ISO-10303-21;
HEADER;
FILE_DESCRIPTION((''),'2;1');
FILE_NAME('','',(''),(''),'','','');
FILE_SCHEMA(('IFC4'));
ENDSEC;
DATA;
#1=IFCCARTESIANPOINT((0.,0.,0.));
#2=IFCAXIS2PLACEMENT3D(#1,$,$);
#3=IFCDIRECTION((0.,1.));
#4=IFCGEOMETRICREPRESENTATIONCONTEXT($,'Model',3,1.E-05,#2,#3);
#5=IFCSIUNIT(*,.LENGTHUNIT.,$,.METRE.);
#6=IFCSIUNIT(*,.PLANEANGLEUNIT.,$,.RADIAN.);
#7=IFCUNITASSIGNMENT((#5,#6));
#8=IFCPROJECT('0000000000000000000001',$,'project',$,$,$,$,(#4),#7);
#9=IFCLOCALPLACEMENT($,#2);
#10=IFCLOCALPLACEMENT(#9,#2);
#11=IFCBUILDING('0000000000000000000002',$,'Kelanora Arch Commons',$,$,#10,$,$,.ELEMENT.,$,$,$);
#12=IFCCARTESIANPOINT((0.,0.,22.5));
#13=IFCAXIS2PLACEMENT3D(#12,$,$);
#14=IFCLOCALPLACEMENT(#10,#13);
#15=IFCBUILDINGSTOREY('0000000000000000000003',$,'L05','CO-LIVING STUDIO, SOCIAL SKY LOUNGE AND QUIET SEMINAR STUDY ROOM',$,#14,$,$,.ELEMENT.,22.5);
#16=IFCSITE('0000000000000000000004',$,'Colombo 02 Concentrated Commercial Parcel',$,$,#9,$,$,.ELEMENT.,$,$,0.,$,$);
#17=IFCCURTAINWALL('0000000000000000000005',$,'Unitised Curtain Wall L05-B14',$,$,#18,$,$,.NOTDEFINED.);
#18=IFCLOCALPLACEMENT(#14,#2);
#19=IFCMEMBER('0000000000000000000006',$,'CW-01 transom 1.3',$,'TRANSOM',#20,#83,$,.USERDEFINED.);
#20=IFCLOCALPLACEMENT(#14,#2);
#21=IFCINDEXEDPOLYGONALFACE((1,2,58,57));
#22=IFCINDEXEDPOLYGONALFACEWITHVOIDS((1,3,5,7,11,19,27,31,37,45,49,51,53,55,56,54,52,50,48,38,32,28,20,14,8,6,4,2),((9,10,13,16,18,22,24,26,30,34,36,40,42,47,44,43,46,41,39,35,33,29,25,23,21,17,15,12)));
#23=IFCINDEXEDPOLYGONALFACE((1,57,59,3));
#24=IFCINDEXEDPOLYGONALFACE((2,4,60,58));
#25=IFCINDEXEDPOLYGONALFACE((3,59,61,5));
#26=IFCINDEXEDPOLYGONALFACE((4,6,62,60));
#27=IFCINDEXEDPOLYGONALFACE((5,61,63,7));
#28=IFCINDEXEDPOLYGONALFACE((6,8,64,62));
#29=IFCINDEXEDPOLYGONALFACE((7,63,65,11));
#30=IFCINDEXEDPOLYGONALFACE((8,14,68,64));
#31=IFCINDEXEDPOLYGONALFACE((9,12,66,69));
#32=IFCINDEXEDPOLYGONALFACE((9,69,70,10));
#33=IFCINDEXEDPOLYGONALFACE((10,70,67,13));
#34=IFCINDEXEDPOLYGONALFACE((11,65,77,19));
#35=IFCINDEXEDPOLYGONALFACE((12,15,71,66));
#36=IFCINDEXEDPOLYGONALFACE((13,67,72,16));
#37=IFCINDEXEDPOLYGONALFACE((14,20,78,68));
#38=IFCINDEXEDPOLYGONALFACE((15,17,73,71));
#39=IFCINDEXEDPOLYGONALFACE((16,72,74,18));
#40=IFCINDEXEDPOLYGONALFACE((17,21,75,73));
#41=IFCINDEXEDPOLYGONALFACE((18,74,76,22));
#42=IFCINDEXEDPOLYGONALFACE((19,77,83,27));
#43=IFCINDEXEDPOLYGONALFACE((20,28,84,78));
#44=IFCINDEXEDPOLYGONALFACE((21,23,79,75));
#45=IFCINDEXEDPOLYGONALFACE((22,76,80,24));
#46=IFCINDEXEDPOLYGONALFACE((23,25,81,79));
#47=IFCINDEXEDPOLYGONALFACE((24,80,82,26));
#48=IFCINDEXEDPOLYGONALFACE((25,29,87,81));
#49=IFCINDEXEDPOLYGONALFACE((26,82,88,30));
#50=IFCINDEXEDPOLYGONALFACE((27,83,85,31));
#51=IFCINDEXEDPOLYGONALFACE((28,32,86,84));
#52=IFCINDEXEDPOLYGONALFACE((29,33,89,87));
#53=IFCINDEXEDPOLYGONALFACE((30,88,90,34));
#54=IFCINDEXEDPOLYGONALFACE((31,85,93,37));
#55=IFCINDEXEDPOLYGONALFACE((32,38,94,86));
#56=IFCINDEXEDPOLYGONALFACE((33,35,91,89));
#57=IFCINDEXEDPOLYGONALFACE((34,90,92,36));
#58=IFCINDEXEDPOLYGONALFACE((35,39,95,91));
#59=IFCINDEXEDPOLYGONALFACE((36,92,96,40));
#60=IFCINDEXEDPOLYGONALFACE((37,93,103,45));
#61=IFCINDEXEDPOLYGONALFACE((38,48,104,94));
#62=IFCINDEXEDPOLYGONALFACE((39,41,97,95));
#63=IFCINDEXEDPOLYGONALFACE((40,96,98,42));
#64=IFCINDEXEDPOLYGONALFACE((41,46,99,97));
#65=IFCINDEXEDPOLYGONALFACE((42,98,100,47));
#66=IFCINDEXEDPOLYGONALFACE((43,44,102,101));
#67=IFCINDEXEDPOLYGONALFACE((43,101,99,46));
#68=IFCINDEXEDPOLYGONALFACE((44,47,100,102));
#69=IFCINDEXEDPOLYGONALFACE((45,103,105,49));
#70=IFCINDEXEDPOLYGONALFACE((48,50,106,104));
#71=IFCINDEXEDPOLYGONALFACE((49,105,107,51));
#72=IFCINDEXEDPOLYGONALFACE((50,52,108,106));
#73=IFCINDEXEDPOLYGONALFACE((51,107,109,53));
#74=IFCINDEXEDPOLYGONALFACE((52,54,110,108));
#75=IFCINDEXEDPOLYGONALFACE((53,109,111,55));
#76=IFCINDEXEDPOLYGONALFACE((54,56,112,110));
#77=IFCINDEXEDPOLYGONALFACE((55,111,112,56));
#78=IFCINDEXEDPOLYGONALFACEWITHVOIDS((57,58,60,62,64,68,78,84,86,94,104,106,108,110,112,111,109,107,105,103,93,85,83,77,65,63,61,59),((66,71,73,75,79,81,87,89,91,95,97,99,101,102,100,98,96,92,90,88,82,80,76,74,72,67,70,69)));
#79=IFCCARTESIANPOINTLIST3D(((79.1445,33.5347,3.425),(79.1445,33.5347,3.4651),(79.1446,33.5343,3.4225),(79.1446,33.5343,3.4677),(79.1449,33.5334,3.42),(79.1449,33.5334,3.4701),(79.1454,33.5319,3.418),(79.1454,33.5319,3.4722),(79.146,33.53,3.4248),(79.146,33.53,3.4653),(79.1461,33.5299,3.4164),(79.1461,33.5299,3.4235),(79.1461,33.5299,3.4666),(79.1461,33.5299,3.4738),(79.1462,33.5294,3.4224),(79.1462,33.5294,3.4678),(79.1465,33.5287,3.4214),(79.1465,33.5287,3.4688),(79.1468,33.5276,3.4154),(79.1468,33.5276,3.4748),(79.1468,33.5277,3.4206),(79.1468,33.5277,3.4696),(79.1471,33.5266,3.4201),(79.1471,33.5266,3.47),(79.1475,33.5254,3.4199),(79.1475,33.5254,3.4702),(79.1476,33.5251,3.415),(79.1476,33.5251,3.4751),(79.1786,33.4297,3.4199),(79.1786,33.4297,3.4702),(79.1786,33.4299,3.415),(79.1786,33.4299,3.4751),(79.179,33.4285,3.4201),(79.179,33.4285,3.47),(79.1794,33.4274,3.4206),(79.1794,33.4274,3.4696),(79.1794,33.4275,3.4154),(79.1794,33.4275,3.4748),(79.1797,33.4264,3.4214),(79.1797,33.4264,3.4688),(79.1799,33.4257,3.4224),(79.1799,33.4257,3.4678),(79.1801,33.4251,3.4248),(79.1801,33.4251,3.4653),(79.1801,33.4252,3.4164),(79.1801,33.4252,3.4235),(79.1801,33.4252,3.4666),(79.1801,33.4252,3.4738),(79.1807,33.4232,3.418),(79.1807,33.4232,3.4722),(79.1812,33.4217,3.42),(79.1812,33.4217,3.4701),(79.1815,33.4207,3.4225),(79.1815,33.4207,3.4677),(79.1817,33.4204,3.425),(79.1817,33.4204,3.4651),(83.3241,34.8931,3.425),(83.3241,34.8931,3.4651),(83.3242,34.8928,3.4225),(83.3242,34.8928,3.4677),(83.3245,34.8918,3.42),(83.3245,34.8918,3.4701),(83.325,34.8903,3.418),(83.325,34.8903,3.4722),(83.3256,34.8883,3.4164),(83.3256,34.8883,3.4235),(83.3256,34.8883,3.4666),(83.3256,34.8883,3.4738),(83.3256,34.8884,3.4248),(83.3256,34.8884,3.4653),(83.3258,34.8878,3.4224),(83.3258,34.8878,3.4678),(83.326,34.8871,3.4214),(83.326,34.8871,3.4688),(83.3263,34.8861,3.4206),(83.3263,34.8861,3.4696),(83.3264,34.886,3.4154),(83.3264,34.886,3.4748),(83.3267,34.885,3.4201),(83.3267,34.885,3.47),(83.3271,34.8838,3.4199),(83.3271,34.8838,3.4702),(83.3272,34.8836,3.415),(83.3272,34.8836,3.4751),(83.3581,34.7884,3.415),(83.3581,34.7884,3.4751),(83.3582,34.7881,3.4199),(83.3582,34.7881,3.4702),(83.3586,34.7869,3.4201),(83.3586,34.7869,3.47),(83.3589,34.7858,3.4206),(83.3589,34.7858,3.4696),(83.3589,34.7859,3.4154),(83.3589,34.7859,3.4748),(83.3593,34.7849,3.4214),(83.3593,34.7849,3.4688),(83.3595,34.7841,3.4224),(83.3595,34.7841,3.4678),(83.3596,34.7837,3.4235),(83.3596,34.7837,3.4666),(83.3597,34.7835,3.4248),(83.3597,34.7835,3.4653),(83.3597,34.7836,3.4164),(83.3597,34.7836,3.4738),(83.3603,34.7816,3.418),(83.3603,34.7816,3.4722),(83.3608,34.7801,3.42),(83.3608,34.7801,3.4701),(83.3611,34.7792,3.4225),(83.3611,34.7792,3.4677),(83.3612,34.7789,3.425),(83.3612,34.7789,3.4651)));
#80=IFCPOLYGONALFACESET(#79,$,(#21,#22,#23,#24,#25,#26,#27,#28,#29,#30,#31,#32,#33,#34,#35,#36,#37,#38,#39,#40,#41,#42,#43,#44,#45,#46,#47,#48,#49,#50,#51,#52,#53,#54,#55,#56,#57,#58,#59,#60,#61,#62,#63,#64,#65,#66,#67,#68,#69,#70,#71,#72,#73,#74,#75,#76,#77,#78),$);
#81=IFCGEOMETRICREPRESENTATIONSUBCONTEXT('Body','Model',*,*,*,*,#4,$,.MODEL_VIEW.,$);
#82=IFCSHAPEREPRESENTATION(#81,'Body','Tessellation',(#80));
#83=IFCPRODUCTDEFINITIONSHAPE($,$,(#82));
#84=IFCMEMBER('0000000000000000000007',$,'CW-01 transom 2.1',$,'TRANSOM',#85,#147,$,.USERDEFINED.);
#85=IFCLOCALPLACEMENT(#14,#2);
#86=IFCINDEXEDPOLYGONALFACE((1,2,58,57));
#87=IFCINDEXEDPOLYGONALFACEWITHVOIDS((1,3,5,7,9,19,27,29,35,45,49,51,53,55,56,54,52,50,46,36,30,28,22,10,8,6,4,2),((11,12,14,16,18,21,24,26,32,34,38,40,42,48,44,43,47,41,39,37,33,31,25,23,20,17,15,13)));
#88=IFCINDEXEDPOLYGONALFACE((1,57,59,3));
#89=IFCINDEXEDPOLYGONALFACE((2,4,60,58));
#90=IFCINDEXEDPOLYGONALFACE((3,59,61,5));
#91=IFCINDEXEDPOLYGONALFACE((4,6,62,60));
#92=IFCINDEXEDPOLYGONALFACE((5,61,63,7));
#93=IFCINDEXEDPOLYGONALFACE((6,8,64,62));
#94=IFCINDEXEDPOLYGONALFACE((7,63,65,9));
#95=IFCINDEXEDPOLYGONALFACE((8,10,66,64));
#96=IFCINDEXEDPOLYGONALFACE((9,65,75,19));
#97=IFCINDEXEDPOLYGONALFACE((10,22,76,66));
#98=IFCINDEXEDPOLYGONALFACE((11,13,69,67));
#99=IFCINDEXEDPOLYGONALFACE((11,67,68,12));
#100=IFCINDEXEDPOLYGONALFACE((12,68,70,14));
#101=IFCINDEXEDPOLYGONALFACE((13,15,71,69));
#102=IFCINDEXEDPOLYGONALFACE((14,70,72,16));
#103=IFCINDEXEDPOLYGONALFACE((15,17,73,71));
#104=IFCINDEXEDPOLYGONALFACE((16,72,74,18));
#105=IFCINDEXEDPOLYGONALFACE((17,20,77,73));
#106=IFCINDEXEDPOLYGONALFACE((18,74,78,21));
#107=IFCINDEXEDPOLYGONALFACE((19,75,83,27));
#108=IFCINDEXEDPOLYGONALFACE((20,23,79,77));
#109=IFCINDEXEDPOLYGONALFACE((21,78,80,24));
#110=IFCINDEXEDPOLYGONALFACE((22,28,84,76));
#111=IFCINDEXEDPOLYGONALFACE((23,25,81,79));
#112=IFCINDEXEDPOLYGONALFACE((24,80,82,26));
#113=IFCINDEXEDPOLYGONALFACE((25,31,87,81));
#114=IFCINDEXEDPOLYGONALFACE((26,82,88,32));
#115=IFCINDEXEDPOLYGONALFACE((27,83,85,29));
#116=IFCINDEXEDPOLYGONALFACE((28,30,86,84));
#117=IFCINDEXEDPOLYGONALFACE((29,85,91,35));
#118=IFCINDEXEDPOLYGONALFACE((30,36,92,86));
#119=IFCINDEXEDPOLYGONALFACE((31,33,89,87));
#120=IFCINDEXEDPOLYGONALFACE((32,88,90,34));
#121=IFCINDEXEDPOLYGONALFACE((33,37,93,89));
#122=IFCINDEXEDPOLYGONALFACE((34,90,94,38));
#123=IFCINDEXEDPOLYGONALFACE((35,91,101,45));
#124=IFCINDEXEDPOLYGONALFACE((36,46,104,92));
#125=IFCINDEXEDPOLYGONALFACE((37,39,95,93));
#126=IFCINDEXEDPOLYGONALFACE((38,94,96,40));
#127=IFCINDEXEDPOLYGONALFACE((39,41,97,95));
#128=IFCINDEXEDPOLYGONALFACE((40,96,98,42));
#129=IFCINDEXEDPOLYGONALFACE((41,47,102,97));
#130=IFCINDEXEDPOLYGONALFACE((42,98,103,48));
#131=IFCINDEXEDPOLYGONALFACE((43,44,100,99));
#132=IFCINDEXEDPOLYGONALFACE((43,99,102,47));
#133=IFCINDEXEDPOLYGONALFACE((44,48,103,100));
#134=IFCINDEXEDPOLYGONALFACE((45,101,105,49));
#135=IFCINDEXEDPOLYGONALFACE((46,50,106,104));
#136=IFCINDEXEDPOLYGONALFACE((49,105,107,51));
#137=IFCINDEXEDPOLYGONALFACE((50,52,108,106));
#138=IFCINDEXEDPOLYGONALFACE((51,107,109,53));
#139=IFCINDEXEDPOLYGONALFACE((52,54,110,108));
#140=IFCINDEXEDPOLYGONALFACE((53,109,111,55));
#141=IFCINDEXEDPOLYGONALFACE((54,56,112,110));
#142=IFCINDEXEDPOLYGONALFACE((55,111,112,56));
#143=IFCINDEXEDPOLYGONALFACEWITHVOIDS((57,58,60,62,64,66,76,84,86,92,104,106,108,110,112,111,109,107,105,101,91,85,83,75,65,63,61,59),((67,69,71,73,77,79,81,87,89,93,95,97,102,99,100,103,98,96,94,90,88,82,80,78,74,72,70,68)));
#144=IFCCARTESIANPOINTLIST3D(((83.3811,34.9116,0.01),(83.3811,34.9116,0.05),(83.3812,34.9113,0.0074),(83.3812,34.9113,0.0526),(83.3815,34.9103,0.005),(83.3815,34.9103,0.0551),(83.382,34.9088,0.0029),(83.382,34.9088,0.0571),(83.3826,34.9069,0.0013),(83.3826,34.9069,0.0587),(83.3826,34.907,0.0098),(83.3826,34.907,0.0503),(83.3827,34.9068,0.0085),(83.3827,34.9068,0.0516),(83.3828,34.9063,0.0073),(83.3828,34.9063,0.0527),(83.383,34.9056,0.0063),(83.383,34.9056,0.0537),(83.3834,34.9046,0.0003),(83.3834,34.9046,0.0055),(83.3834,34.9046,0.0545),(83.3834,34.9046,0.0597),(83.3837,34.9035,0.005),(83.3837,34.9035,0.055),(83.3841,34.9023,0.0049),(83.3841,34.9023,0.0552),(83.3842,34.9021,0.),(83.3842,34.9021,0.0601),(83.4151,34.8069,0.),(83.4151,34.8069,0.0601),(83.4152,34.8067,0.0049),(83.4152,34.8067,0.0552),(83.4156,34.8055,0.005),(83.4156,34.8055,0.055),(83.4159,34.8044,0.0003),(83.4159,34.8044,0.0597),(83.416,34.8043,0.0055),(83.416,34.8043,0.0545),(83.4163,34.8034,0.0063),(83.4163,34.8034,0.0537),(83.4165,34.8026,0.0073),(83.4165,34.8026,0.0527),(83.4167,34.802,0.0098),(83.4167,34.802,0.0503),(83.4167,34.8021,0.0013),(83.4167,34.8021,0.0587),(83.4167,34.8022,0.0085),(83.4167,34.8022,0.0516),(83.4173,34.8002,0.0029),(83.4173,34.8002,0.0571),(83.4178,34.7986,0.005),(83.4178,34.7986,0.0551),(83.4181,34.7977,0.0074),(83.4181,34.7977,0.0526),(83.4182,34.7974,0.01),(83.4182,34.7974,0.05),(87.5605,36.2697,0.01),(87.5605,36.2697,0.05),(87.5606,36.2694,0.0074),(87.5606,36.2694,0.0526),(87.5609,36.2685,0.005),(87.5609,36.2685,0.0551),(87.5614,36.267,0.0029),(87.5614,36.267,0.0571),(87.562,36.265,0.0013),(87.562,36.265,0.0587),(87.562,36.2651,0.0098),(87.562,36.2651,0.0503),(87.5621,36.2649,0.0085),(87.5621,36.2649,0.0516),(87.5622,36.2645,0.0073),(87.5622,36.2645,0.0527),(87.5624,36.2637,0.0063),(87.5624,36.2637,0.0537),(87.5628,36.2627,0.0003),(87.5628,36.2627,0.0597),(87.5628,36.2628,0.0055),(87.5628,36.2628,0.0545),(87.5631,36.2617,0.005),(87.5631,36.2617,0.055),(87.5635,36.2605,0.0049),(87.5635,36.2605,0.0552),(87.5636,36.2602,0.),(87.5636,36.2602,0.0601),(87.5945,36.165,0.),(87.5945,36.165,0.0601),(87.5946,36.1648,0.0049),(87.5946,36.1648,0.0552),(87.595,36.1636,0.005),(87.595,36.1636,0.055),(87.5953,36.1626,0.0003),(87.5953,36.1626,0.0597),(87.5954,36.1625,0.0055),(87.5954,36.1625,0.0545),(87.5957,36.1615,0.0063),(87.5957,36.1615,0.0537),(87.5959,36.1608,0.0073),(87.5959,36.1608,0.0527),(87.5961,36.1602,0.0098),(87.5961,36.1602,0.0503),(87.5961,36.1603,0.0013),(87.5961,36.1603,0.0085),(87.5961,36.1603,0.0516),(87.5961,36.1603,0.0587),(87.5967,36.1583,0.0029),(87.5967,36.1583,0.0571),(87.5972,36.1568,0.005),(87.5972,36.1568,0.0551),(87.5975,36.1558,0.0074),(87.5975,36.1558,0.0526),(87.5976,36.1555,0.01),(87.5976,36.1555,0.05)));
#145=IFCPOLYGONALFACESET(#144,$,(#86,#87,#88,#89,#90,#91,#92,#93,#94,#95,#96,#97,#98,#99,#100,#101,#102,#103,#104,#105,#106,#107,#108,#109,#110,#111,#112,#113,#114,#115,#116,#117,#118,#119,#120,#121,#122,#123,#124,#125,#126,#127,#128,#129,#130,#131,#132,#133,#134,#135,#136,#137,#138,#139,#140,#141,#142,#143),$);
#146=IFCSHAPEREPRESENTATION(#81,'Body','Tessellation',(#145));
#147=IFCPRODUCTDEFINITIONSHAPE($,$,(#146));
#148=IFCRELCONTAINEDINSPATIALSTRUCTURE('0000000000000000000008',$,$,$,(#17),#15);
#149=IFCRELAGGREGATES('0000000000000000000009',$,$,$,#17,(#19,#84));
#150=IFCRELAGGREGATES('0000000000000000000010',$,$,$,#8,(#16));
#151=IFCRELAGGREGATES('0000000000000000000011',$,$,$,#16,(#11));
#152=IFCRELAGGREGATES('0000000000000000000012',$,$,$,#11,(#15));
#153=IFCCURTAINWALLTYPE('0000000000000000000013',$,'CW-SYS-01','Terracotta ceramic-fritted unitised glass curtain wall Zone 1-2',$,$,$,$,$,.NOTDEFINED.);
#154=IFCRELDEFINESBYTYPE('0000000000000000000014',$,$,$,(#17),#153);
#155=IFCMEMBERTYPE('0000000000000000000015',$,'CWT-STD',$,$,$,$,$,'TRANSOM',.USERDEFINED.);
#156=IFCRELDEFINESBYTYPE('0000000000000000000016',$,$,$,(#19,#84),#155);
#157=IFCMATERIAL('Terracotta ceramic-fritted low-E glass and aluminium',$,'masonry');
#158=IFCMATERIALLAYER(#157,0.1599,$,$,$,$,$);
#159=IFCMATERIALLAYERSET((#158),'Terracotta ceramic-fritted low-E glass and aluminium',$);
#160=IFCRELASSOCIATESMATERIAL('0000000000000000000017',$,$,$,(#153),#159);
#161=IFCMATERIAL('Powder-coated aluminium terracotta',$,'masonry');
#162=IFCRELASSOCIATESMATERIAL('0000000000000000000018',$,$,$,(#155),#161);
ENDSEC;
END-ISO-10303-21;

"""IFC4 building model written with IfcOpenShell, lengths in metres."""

from ifc_helpers import new_model, si_unit, direction, frame, origin, origin_2d, place, context, subcontext, project, spatial, hollow_rectangle, extrude, material, layer, layer_set, material_profile, profile_set, type_object, element, aggregate, save


model = new_model("IFC4")

# Units and contexts
model_context = context("Model", 3, precision=1e-05, world=origin(), true_north=direction((0.0, 1.0)))
body_context = subcontext(model_context, "Body", "Model", "MODEL_VIEW")
ifc_project = project(units=[si_unit("LENGTHUNIT", "METRE"), si_unit("PLANEANGLEUNIT", "RADIAN")], contexts=[model_context])

# Site, building, storey
site_placement = place(None, origin())
site = spatial("IfcSite", under=ifc_project, at=site_placement, Name="Colombo 02 Concentrated Commercial Parcel", CompositionType="ELEMENT", RefElevation=0.0)
building_placement = place(site_placement, origin())
building = spatial("IfcBuilding", under=site, at=building_placement, Name="Kelanora Arch Commons", CompositionType="ELEMENT")
storey_placement = place(building_placement, frame((0.0, 0.0, 22.5)))
storey = spatial("IfcBuildingStorey", under=building, at=storey_placement, Name="L05", Description="CO-LIVING STUDIO, SOCIAL SKY LOUNGE AND QUIET SEMINAR STUDY ROOM", CompositionType="ELEMENT", Elevation=22.5)

# Curtain wall, members
ifc_material_1 = material(Name="Terracotta ceramic-fritted low-E glass and aluminium", Category="masonry")
ifc_layer_1 = layer(ifc_material_1, 0.1599)
ifc_layer_set_1 = layer_set([ifc_layer_1], Name="Terracotta ceramic-fritted low-E glass and aluminium")
curtain_wall_type = type_object("IfcCurtainWallType", Name="CW-SYS-01", Description="Terracotta ceramic-fritted unitised glass curtain wall Zone 1-2", PredefinedType="NOTDEFINED", material=ifc_layer_set_1)
curtain_wall_placement = place(storey_placement, origin())
curtain_wall = element("IfcCurtainWall", 1, at=curtain_wall_placement, inside=storey, type_object=curtain_wall_type, Name="Unitised Curtain Wall L05-B14", PredefinedType="NOTDEFINED")
ifc_material_2 = material(Name="Powder-coated aluminium terracotta", Category="masonry")
ifc_material_profile_1 = material_profile(ifc_material_2, hollow_rectangle(XDim=0.1201, YDim=0.0601, WallThickness=0.0049, InnerFilletRadius=0.0049, OuterFilletRadius=0.01, at=origin_2d()), Name="CWT120x60")
ifc_profile_set_1 = profile_set([ifc_material_profile_1], Name="Powder-coated aluminium terracotta")
member_type_1 = type_object("IfcMemberType", Name="CWT-STD", ElementType="TRANSOM", PredefinedType="USERDEFINED", material=ifc_profile_set_1)
member_1_placement = place(storey_placement, frame((79.1631, 33.4775, 3.4451), z_axis=(0.951029, 0.309102, 0.0), x_axis=(-0.309102, 0.951029, 0.0)))
member_1 = element("IfcMember", 2, at=member_1_placement, type_object=member_type_1, Name="CW-01 transom 1.3", ObjectType="TRANSOM", PredefinedType="USERDEFINED", context=body_context, shape_type="SweptSolid", body=[
    extrude(hollow_rectangle(XDim=0.1201, YDim=0.0601, WallThickness=0.0049, InnerFilletRadius=0.0049, OuterFilletRadius=0.01, at=origin_2d()), origin(), (0.0, 0.0, 1.0), 4.3948),
])
member_2_placement = place(storey_placement, frame((83.3997, 34.8545, 0.03), z_axis=(0.951045, 0.309052, 0.0), x_axis=(-0.309052, 0.951045, 0.0)))
member_2 = element("IfcMember", 3, at=member_2_placement, type_object=member_type_1, Name="CW-01 transom 2.1", ObjectType="TRANSOM", PredefinedType="USERDEFINED", context=body_context, shape_type="SweptSolid", body=[
    extrude(hollow_rectangle(XDim=0.1201, YDim=0.0601, WallThickness=0.0049, InnerFilletRadius=0.0049, OuterFilletRadius=0.01, at=origin_2d()), origin(), (0.0, 0.0, 1.0), 4.3945),
])
aggregate(curtain_wall, [member_1, member_2])

save(model, "model.ifc")
